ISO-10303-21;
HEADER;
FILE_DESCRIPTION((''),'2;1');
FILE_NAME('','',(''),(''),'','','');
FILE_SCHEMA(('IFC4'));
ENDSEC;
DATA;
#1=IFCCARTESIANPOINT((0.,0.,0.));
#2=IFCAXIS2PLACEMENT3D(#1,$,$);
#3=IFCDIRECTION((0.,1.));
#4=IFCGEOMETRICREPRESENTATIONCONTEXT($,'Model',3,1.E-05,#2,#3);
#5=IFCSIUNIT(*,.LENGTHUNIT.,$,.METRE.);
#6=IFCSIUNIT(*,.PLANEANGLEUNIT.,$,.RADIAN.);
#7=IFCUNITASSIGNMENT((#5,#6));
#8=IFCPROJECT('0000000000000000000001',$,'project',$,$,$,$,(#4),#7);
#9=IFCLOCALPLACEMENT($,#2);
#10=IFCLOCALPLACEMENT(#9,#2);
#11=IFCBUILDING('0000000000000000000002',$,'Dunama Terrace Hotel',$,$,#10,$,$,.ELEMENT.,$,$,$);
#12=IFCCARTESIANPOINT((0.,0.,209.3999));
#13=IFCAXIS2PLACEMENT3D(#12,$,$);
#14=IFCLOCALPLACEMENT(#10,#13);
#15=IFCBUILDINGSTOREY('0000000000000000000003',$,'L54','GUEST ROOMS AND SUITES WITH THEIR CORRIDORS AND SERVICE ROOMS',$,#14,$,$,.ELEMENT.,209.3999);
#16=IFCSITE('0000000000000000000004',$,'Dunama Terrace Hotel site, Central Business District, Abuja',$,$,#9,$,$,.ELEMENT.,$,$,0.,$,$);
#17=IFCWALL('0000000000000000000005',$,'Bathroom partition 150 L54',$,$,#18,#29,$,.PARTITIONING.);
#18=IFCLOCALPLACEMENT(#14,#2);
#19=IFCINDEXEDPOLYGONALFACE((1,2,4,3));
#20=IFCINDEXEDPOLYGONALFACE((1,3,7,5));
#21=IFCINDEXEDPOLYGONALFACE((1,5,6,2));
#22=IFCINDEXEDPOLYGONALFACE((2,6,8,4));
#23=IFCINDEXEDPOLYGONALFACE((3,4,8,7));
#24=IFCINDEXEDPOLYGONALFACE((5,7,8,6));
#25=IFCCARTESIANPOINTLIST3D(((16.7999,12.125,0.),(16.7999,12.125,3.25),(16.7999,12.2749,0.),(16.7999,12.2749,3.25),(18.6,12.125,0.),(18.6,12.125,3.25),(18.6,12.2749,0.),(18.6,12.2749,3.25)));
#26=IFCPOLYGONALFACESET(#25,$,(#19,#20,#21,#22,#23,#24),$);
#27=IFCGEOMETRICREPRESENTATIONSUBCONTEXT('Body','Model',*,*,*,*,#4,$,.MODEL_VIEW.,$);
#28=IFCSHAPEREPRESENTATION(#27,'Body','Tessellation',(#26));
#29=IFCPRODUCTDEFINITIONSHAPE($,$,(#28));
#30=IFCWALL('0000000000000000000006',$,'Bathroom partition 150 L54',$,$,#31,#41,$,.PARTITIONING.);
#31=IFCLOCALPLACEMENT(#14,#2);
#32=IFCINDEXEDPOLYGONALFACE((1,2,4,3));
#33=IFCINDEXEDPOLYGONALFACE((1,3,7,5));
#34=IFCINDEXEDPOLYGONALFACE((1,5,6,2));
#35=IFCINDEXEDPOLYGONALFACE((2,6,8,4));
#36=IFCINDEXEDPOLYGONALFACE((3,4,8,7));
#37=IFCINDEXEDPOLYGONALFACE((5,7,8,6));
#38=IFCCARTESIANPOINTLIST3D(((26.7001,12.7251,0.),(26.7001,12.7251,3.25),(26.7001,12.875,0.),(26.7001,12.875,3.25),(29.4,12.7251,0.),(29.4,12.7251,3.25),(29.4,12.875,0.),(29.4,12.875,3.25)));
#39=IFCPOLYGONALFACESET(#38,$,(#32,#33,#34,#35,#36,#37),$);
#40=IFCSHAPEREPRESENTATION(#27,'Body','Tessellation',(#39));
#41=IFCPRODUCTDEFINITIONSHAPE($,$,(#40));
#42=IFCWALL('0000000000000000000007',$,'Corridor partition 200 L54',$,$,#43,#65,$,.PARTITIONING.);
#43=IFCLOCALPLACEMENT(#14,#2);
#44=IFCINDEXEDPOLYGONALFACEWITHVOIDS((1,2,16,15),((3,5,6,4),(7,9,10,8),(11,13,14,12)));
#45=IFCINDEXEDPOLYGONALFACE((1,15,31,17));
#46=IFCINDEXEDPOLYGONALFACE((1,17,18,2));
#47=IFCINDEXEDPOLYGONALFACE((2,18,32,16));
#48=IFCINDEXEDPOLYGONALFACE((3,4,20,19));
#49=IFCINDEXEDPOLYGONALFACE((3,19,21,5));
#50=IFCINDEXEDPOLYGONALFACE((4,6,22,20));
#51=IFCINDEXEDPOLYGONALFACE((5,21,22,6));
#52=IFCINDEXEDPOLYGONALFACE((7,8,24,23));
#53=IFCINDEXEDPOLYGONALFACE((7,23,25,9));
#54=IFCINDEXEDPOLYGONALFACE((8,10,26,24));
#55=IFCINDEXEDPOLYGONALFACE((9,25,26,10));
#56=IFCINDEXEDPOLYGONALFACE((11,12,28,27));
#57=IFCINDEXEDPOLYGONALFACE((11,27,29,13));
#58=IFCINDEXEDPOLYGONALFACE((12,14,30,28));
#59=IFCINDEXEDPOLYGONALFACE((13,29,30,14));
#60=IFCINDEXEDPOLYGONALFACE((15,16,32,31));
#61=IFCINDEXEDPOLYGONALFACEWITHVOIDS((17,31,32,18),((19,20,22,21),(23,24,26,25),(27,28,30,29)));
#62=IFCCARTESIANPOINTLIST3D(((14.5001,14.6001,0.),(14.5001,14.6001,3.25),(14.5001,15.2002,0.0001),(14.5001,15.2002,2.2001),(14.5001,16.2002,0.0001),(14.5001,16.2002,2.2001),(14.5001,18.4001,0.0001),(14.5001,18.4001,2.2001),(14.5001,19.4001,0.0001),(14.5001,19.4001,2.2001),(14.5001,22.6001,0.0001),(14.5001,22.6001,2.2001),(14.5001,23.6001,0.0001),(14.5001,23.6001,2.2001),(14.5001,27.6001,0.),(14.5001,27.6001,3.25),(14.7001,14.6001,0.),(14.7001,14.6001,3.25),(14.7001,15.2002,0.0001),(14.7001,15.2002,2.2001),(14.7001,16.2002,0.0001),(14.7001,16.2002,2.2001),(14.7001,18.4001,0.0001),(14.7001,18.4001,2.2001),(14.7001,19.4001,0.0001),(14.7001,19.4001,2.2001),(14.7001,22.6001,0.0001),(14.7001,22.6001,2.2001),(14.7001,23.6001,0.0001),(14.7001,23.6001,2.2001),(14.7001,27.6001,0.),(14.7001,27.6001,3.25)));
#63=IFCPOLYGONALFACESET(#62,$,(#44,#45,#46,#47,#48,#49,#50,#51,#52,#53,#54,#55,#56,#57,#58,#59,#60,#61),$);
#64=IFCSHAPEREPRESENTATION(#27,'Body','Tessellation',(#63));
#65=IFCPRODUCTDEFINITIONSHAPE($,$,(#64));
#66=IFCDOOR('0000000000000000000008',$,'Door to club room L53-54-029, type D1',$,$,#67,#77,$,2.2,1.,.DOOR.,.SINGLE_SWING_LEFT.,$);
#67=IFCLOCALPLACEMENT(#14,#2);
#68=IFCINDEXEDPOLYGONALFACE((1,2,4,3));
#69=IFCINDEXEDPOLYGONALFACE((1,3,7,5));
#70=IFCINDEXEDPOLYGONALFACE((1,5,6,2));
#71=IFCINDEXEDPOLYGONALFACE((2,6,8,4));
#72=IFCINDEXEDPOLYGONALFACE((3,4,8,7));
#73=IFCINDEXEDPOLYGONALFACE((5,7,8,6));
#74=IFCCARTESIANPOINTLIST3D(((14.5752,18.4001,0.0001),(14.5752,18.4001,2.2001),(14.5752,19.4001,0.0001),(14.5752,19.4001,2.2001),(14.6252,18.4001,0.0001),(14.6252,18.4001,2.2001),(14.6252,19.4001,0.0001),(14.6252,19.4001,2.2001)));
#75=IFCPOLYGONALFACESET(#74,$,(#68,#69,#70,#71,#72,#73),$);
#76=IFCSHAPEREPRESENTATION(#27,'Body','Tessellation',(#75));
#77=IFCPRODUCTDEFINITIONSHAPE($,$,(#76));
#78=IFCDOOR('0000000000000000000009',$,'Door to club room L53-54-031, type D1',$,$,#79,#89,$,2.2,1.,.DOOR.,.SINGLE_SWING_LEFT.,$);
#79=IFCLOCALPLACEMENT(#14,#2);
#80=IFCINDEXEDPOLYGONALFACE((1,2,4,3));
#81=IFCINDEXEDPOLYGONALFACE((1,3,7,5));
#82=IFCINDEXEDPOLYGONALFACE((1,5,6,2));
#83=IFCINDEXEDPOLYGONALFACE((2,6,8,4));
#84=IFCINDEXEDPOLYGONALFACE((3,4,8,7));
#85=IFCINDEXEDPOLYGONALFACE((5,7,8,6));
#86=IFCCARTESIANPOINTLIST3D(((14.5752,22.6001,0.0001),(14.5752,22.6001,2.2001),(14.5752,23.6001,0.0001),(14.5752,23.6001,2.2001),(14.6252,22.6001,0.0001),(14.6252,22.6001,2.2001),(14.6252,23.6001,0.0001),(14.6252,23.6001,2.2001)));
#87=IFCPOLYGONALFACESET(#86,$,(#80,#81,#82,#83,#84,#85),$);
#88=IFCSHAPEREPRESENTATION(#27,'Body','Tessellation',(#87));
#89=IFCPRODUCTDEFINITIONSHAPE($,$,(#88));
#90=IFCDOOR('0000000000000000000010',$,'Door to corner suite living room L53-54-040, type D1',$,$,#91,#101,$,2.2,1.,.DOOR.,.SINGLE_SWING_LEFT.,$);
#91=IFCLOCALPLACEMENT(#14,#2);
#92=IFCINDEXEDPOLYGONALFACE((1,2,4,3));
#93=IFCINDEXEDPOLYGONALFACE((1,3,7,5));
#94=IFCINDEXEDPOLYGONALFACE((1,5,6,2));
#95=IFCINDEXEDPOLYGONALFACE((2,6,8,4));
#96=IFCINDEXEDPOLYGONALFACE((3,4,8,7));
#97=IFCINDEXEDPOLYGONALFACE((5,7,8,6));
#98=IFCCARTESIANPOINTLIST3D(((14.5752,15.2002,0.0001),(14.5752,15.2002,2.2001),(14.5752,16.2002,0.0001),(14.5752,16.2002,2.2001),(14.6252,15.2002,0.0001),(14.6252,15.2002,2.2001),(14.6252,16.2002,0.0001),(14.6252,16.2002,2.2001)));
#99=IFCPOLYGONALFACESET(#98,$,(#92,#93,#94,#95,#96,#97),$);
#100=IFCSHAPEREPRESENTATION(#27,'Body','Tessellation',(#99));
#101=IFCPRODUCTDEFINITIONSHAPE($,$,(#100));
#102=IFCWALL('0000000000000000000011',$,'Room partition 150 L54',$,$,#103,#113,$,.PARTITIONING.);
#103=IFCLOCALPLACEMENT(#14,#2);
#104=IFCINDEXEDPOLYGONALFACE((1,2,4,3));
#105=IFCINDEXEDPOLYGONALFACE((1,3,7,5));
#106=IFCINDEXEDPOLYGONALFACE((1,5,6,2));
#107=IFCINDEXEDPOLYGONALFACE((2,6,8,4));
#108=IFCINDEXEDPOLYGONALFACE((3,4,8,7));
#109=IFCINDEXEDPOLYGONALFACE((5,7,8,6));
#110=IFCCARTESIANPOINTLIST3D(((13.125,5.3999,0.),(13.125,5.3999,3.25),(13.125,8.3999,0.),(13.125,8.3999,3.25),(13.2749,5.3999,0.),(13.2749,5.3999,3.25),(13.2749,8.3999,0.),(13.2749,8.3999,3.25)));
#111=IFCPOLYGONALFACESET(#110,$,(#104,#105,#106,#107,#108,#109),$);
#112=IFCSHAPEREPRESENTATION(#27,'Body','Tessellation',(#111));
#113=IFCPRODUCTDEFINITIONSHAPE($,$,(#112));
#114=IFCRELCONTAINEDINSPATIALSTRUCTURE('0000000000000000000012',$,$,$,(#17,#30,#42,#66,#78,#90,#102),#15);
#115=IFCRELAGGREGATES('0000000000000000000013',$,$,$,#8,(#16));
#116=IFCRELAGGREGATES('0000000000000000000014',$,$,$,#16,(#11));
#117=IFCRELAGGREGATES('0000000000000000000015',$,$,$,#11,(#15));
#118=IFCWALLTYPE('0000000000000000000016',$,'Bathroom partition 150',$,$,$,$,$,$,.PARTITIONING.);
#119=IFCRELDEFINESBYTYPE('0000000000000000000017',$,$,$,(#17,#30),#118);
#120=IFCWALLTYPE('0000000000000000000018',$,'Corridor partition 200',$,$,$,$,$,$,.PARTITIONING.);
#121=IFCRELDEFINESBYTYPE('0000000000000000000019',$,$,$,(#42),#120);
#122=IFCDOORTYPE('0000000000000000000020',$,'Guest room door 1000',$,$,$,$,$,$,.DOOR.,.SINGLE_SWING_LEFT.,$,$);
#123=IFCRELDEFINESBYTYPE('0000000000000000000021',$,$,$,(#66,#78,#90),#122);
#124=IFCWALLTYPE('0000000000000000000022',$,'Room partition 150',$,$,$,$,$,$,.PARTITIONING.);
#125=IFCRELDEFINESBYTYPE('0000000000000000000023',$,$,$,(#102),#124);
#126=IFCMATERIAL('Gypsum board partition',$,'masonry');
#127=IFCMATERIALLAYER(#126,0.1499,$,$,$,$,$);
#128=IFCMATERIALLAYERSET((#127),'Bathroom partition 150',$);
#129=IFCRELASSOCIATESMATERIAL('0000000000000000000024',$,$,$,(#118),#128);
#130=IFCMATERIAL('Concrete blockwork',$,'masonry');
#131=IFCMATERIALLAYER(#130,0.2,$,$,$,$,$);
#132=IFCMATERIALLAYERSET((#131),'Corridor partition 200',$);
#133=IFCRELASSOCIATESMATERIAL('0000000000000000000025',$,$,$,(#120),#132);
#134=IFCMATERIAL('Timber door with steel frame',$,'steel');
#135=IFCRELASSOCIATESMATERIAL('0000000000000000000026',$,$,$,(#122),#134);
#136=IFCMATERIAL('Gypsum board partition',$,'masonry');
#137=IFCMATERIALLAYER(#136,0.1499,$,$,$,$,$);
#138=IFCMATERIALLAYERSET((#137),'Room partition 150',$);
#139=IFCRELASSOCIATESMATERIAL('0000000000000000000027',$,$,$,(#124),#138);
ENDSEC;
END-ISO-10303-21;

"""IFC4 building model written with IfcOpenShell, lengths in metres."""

from ifc_helpers import new_model, si_unit, direction, frame, frame_2d, origin, place, context, subcontext, project, spatial, rectangle, extrude, material, layer, layer_set, type_object, element, fill, save


model = new_model("IFC4")

# Units and contexts
model_context = context("Model", 3, precision=1e-05, world=origin(), true_north=direction((0.0, 1.0)))
body_context = subcontext(model_context, "Body", "Model", "MODEL_VIEW")
ifc_project = project(units=[si_unit("LENGTHUNIT", "METRE"), si_unit("PLANEANGLEUNIT", "RADIAN")], contexts=[model_context])

# Site, building, storey
site_placement = place(None, origin())
site = spatial("IfcSite", under=ifc_project, at=site_placement, Name="Dunama Terrace Hotel site, Central Business District, Abuja", CompositionType="ELEMENT", RefElevation=0.0)
building_placement = place(site_placement, origin())
building = spatial("IfcBuilding", under=site, at=building_placement, Name="Dunama Terrace Hotel", CompositionType="ELEMENT")
storey_placement = place(building_placement, frame((0.0, 0.0, 209.3999)))
storey = spatial("IfcBuildingStorey", under=building, at=storey_placement, Name="L54", Description="GUEST ROOMS AND SUITES WITH THEIR CORRIDORS AND SERVICE ROOMS", CompositionType="ELEMENT", Elevation=209.3999)

# Shared definitions
ifc_material_1 = material(Name="Gypsum board partition", Category="masonry")
ifc_layer_1 = layer(ifc_material_1, 0.1499)
ifc_layer_set_1 = layer_set([ifc_layer_1], Name="Bathroom partition 150")
wall_type_1 = type_object("IfcWallType", Name="Bathroom partition 150", PredefinedType="PARTITIONING", material=ifc_layer_set_1)

# Walls
wall_1_placement = place(storey_placement, frame((16.8, 12.2, 0.0), z_axis=(0.0, 0.0, 1.0), x_axis=(1.0, 0.0, 0.0)))
element("IfcWall", 1, at=wall_1_placement, inside=storey, type_object=wall_type_1, Name="Bathroom partition 150 L54", PredefinedType="PARTITIONING", context=body_context, shape_type="SweptSolid", body=[
    extrude(rectangle(XDim=1.8, YDim=0.1499, at=frame_2d((0.8999, 0.0))), origin(), (0.0, 0.0, 1.0), 3.25),
])
wall_2_placement = place(storey_placement, frame((26.7, 12.8, 0.0), z_axis=(0.0, 0.0, 1.0), x_axis=(1.0, 0.0, 0.0)))
element("IfcWall", 2, at=wall_2_placement, inside=storey, type_object=wall_type_1, Name="Bathroom partition 150 L54", PredefinedType="PARTITIONING", context=body_context, shape_type="SweptSolid", body=[
    extrude(rectangle(XDim=2.7, YDim=0.1499, at=frame_2d((1.3501, 0.0))), origin(), (0.0, 0.0, 1.0), 3.25),
])

# Wall, openings, doors
ifc_material_2 = material(Name="Concrete blockwork", Category="masonry")
ifc_layer_2 = layer(ifc_material_2, 0.2)
ifc_layer_set_2 = layer_set([ifc_layer_2], Name="Corridor partition 200")
wall_type_2 = type_object("IfcWallType", Name="Corridor partition 200", PredefinedType="PARTITIONING", material=ifc_layer_set_2)
wall_3_placement = place(storey_placement, frame((14.6001, 14.6001, 0.0), z_axis=(0.0, 0.0, 1.0), x_axis=(0.0, 1.0, 0.0)))
wall_3 = element("IfcWall", 3, at=wall_3_placement, inside=storey, type_object=wall_type_2, Name="Corridor partition 200 L54", PredefinedType="PARTITIONING", context=body_context, shape_type="SweptSolid", body=[
    extrude(rectangle(XDim=13.0, YDim=0.2, at=frame_2d((6.5, 0.0))), origin(), (0.0, 0.0, 1.0), 3.25),
])
opening_1_placement = place(wall_3_placement, frame((3.8, 0.0, 0.0)))
opening_1 = element("IfcOpeningElement", 4, at=opening_1_placement, cuts=wall_3, PredefinedType="OPENING", context=body_context, shape_type="SweptSolid", body=[
    extrude(rectangle(XDim=1.0, YDim=2.2, at=frame_2d((0.5, 1.1001))), frame((0.0, 0.1099, 0.0), z_axis=(0.0, -1.0, 0.0), x_axis=(1.0, 0.0, 0.0)), (0.0, 0.0, 1.0), 0.22),
])
opening_2_placement = place(wall_3_placement, frame((8.0, 0.0, 0.0)))
opening_2 = element("IfcOpeningElement", 5, at=opening_2_placement, cuts=wall_3, PredefinedType="OPENING", context=body_context, shape_type="SweptSolid", body=[
    extrude(rectangle(XDim=1.0, YDim=2.2, at=frame_2d((0.5, 1.1001))), frame((0.0, 0.1099, 0.0), z_axis=(0.0, -1.0, 0.0), x_axis=(1.0, 0.0, 0.0)), (0.0, 0.0, 1.0), 0.22),
])
opening_3_placement = place(wall_3_placement, frame((0.6001, 0.0, 0.0)))
opening_3 = element("IfcOpeningElement", 6, at=opening_3_placement, cuts=wall_3, PredefinedType="OPENING", context=body_context, shape_type="SweptSolid", body=[
    extrude(rectangle(XDim=1.0, YDim=2.2, at=frame_2d((0.5, 1.1001))), frame((0.0, 0.1099, 0.0), z_axis=(0.0, -1.0, 0.0), x_axis=(1.0, 0.0, 0.0)), (0.0, 0.0, 1.0), 0.22),
])
ifc_material_3 = material(Name="Timber door with steel frame", Category="steel")
door_type_1 = type_object("IfcDoorType", Name="Guest room door 1000", OperationType="SINGLE_SWING_LEFT", PredefinedType="DOOR", material=ifc_material_3)
door_1_placement = place(opening_1_placement, origin())
door_1 = element("IfcDoor", 7, at=door_1_placement, inside=storey, type_object=door_type_1, Name="Door to club room L53-54-029, type D1", OperationType="SINGLE_SWING_LEFT", OverallHeight=2.2, OverallWidth=1.0, PredefinedType="DOOR", context=body_context, shape_type="SweptSolid", body=[
    extrude(rectangle(XDim=1.0, YDim=2.2, at=frame_2d((0.5, 1.1001))), frame((0.0, 0.0249, 0.0), z_axis=(0.0, -1.0, 0.0), x_axis=(1.0, 0.0, 0.0)), (0.0, 0.0, 1.0), 0.05),
])
fill(opening_1, door_1)
door_2_placement = place(opening_2_placement, origin())
door_2 = element("IfcDoor", 8, at=door_2_placement, inside=storey, type_object=door_type_1, Name="Door to club room L53-54-031, type D1", OperationType="SINGLE_SWING_LEFT", OverallHeight=2.2, OverallWidth=1.0, PredefinedType="DOOR", context=body_context, shape_type="SweptSolid", body=[
    extrude(rectangle(XDim=1.0, YDim=2.2, at=frame_2d((0.5, 1.1001))), frame((0.0, 0.0249, 0.0), z_axis=(0.0, -1.0, 0.0), x_axis=(1.0, 0.0, 0.0)), (0.0, 0.0, 1.0), 0.05),
])
fill(opening_2, door_2)
door_3_placement = place(opening_3_placement, origin())
door_3 = element("IfcDoor", 9, at=door_3_placement, inside=storey, type_object=door_type_1, Name="Door to corner suite living room L53-54-040, type D1", OperationType="SINGLE_SWING_LEFT", OverallHeight=2.2, OverallWidth=1.0, PredefinedType="DOOR", context=body_context, shape_type="SweptSolid", body=[
    extrude(rectangle(XDim=1.0, YDim=2.2, at=frame_2d((0.5, 1.1001))), frame((0.0, 0.0249, 0.0), z_axis=(0.0, -1.0, 0.0), x_axis=(1.0, 0.0, 0.0)), (0.0, 0.0, 1.0), 0.05),
])
fill(opening_3, door_3)

# Wall
ifc_material_4 = material(Name="Gypsum board partition", Category="masonry")
ifc_layer_3 = layer(ifc_material_4, 0.1499)
ifc_layer_set_3 = layer_set([ifc_layer_3], Name="Room partition 150")
wall_type_3 = type_object("IfcWallType", Name="Room partition 150", PredefinedType="PARTITIONING", material=ifc_layer_set_3)
wall_4_placement = place(storey_placement, frame((13.2, 5.3999, 0.0), z_axis=(0.0, 0.0, 1.0), x_axis=(0.0, 1.0, 0.0)))
element("IfcWall", 10, at=wall_4_placement, inside=storey, type_object=wall_type_3, Name="Room partition 150 L54", PredefinedType="PARTITIONING", context=body_context, shape_type="SweptSolid", body=[
    extrude(rectangle(XDim=3.0, YDim=0.1499, at=frame_2d((1.5, 0.0))), origin(), (0.0, 0.0, 1.0), 3.25),
])

save(model, "model.ifc")
